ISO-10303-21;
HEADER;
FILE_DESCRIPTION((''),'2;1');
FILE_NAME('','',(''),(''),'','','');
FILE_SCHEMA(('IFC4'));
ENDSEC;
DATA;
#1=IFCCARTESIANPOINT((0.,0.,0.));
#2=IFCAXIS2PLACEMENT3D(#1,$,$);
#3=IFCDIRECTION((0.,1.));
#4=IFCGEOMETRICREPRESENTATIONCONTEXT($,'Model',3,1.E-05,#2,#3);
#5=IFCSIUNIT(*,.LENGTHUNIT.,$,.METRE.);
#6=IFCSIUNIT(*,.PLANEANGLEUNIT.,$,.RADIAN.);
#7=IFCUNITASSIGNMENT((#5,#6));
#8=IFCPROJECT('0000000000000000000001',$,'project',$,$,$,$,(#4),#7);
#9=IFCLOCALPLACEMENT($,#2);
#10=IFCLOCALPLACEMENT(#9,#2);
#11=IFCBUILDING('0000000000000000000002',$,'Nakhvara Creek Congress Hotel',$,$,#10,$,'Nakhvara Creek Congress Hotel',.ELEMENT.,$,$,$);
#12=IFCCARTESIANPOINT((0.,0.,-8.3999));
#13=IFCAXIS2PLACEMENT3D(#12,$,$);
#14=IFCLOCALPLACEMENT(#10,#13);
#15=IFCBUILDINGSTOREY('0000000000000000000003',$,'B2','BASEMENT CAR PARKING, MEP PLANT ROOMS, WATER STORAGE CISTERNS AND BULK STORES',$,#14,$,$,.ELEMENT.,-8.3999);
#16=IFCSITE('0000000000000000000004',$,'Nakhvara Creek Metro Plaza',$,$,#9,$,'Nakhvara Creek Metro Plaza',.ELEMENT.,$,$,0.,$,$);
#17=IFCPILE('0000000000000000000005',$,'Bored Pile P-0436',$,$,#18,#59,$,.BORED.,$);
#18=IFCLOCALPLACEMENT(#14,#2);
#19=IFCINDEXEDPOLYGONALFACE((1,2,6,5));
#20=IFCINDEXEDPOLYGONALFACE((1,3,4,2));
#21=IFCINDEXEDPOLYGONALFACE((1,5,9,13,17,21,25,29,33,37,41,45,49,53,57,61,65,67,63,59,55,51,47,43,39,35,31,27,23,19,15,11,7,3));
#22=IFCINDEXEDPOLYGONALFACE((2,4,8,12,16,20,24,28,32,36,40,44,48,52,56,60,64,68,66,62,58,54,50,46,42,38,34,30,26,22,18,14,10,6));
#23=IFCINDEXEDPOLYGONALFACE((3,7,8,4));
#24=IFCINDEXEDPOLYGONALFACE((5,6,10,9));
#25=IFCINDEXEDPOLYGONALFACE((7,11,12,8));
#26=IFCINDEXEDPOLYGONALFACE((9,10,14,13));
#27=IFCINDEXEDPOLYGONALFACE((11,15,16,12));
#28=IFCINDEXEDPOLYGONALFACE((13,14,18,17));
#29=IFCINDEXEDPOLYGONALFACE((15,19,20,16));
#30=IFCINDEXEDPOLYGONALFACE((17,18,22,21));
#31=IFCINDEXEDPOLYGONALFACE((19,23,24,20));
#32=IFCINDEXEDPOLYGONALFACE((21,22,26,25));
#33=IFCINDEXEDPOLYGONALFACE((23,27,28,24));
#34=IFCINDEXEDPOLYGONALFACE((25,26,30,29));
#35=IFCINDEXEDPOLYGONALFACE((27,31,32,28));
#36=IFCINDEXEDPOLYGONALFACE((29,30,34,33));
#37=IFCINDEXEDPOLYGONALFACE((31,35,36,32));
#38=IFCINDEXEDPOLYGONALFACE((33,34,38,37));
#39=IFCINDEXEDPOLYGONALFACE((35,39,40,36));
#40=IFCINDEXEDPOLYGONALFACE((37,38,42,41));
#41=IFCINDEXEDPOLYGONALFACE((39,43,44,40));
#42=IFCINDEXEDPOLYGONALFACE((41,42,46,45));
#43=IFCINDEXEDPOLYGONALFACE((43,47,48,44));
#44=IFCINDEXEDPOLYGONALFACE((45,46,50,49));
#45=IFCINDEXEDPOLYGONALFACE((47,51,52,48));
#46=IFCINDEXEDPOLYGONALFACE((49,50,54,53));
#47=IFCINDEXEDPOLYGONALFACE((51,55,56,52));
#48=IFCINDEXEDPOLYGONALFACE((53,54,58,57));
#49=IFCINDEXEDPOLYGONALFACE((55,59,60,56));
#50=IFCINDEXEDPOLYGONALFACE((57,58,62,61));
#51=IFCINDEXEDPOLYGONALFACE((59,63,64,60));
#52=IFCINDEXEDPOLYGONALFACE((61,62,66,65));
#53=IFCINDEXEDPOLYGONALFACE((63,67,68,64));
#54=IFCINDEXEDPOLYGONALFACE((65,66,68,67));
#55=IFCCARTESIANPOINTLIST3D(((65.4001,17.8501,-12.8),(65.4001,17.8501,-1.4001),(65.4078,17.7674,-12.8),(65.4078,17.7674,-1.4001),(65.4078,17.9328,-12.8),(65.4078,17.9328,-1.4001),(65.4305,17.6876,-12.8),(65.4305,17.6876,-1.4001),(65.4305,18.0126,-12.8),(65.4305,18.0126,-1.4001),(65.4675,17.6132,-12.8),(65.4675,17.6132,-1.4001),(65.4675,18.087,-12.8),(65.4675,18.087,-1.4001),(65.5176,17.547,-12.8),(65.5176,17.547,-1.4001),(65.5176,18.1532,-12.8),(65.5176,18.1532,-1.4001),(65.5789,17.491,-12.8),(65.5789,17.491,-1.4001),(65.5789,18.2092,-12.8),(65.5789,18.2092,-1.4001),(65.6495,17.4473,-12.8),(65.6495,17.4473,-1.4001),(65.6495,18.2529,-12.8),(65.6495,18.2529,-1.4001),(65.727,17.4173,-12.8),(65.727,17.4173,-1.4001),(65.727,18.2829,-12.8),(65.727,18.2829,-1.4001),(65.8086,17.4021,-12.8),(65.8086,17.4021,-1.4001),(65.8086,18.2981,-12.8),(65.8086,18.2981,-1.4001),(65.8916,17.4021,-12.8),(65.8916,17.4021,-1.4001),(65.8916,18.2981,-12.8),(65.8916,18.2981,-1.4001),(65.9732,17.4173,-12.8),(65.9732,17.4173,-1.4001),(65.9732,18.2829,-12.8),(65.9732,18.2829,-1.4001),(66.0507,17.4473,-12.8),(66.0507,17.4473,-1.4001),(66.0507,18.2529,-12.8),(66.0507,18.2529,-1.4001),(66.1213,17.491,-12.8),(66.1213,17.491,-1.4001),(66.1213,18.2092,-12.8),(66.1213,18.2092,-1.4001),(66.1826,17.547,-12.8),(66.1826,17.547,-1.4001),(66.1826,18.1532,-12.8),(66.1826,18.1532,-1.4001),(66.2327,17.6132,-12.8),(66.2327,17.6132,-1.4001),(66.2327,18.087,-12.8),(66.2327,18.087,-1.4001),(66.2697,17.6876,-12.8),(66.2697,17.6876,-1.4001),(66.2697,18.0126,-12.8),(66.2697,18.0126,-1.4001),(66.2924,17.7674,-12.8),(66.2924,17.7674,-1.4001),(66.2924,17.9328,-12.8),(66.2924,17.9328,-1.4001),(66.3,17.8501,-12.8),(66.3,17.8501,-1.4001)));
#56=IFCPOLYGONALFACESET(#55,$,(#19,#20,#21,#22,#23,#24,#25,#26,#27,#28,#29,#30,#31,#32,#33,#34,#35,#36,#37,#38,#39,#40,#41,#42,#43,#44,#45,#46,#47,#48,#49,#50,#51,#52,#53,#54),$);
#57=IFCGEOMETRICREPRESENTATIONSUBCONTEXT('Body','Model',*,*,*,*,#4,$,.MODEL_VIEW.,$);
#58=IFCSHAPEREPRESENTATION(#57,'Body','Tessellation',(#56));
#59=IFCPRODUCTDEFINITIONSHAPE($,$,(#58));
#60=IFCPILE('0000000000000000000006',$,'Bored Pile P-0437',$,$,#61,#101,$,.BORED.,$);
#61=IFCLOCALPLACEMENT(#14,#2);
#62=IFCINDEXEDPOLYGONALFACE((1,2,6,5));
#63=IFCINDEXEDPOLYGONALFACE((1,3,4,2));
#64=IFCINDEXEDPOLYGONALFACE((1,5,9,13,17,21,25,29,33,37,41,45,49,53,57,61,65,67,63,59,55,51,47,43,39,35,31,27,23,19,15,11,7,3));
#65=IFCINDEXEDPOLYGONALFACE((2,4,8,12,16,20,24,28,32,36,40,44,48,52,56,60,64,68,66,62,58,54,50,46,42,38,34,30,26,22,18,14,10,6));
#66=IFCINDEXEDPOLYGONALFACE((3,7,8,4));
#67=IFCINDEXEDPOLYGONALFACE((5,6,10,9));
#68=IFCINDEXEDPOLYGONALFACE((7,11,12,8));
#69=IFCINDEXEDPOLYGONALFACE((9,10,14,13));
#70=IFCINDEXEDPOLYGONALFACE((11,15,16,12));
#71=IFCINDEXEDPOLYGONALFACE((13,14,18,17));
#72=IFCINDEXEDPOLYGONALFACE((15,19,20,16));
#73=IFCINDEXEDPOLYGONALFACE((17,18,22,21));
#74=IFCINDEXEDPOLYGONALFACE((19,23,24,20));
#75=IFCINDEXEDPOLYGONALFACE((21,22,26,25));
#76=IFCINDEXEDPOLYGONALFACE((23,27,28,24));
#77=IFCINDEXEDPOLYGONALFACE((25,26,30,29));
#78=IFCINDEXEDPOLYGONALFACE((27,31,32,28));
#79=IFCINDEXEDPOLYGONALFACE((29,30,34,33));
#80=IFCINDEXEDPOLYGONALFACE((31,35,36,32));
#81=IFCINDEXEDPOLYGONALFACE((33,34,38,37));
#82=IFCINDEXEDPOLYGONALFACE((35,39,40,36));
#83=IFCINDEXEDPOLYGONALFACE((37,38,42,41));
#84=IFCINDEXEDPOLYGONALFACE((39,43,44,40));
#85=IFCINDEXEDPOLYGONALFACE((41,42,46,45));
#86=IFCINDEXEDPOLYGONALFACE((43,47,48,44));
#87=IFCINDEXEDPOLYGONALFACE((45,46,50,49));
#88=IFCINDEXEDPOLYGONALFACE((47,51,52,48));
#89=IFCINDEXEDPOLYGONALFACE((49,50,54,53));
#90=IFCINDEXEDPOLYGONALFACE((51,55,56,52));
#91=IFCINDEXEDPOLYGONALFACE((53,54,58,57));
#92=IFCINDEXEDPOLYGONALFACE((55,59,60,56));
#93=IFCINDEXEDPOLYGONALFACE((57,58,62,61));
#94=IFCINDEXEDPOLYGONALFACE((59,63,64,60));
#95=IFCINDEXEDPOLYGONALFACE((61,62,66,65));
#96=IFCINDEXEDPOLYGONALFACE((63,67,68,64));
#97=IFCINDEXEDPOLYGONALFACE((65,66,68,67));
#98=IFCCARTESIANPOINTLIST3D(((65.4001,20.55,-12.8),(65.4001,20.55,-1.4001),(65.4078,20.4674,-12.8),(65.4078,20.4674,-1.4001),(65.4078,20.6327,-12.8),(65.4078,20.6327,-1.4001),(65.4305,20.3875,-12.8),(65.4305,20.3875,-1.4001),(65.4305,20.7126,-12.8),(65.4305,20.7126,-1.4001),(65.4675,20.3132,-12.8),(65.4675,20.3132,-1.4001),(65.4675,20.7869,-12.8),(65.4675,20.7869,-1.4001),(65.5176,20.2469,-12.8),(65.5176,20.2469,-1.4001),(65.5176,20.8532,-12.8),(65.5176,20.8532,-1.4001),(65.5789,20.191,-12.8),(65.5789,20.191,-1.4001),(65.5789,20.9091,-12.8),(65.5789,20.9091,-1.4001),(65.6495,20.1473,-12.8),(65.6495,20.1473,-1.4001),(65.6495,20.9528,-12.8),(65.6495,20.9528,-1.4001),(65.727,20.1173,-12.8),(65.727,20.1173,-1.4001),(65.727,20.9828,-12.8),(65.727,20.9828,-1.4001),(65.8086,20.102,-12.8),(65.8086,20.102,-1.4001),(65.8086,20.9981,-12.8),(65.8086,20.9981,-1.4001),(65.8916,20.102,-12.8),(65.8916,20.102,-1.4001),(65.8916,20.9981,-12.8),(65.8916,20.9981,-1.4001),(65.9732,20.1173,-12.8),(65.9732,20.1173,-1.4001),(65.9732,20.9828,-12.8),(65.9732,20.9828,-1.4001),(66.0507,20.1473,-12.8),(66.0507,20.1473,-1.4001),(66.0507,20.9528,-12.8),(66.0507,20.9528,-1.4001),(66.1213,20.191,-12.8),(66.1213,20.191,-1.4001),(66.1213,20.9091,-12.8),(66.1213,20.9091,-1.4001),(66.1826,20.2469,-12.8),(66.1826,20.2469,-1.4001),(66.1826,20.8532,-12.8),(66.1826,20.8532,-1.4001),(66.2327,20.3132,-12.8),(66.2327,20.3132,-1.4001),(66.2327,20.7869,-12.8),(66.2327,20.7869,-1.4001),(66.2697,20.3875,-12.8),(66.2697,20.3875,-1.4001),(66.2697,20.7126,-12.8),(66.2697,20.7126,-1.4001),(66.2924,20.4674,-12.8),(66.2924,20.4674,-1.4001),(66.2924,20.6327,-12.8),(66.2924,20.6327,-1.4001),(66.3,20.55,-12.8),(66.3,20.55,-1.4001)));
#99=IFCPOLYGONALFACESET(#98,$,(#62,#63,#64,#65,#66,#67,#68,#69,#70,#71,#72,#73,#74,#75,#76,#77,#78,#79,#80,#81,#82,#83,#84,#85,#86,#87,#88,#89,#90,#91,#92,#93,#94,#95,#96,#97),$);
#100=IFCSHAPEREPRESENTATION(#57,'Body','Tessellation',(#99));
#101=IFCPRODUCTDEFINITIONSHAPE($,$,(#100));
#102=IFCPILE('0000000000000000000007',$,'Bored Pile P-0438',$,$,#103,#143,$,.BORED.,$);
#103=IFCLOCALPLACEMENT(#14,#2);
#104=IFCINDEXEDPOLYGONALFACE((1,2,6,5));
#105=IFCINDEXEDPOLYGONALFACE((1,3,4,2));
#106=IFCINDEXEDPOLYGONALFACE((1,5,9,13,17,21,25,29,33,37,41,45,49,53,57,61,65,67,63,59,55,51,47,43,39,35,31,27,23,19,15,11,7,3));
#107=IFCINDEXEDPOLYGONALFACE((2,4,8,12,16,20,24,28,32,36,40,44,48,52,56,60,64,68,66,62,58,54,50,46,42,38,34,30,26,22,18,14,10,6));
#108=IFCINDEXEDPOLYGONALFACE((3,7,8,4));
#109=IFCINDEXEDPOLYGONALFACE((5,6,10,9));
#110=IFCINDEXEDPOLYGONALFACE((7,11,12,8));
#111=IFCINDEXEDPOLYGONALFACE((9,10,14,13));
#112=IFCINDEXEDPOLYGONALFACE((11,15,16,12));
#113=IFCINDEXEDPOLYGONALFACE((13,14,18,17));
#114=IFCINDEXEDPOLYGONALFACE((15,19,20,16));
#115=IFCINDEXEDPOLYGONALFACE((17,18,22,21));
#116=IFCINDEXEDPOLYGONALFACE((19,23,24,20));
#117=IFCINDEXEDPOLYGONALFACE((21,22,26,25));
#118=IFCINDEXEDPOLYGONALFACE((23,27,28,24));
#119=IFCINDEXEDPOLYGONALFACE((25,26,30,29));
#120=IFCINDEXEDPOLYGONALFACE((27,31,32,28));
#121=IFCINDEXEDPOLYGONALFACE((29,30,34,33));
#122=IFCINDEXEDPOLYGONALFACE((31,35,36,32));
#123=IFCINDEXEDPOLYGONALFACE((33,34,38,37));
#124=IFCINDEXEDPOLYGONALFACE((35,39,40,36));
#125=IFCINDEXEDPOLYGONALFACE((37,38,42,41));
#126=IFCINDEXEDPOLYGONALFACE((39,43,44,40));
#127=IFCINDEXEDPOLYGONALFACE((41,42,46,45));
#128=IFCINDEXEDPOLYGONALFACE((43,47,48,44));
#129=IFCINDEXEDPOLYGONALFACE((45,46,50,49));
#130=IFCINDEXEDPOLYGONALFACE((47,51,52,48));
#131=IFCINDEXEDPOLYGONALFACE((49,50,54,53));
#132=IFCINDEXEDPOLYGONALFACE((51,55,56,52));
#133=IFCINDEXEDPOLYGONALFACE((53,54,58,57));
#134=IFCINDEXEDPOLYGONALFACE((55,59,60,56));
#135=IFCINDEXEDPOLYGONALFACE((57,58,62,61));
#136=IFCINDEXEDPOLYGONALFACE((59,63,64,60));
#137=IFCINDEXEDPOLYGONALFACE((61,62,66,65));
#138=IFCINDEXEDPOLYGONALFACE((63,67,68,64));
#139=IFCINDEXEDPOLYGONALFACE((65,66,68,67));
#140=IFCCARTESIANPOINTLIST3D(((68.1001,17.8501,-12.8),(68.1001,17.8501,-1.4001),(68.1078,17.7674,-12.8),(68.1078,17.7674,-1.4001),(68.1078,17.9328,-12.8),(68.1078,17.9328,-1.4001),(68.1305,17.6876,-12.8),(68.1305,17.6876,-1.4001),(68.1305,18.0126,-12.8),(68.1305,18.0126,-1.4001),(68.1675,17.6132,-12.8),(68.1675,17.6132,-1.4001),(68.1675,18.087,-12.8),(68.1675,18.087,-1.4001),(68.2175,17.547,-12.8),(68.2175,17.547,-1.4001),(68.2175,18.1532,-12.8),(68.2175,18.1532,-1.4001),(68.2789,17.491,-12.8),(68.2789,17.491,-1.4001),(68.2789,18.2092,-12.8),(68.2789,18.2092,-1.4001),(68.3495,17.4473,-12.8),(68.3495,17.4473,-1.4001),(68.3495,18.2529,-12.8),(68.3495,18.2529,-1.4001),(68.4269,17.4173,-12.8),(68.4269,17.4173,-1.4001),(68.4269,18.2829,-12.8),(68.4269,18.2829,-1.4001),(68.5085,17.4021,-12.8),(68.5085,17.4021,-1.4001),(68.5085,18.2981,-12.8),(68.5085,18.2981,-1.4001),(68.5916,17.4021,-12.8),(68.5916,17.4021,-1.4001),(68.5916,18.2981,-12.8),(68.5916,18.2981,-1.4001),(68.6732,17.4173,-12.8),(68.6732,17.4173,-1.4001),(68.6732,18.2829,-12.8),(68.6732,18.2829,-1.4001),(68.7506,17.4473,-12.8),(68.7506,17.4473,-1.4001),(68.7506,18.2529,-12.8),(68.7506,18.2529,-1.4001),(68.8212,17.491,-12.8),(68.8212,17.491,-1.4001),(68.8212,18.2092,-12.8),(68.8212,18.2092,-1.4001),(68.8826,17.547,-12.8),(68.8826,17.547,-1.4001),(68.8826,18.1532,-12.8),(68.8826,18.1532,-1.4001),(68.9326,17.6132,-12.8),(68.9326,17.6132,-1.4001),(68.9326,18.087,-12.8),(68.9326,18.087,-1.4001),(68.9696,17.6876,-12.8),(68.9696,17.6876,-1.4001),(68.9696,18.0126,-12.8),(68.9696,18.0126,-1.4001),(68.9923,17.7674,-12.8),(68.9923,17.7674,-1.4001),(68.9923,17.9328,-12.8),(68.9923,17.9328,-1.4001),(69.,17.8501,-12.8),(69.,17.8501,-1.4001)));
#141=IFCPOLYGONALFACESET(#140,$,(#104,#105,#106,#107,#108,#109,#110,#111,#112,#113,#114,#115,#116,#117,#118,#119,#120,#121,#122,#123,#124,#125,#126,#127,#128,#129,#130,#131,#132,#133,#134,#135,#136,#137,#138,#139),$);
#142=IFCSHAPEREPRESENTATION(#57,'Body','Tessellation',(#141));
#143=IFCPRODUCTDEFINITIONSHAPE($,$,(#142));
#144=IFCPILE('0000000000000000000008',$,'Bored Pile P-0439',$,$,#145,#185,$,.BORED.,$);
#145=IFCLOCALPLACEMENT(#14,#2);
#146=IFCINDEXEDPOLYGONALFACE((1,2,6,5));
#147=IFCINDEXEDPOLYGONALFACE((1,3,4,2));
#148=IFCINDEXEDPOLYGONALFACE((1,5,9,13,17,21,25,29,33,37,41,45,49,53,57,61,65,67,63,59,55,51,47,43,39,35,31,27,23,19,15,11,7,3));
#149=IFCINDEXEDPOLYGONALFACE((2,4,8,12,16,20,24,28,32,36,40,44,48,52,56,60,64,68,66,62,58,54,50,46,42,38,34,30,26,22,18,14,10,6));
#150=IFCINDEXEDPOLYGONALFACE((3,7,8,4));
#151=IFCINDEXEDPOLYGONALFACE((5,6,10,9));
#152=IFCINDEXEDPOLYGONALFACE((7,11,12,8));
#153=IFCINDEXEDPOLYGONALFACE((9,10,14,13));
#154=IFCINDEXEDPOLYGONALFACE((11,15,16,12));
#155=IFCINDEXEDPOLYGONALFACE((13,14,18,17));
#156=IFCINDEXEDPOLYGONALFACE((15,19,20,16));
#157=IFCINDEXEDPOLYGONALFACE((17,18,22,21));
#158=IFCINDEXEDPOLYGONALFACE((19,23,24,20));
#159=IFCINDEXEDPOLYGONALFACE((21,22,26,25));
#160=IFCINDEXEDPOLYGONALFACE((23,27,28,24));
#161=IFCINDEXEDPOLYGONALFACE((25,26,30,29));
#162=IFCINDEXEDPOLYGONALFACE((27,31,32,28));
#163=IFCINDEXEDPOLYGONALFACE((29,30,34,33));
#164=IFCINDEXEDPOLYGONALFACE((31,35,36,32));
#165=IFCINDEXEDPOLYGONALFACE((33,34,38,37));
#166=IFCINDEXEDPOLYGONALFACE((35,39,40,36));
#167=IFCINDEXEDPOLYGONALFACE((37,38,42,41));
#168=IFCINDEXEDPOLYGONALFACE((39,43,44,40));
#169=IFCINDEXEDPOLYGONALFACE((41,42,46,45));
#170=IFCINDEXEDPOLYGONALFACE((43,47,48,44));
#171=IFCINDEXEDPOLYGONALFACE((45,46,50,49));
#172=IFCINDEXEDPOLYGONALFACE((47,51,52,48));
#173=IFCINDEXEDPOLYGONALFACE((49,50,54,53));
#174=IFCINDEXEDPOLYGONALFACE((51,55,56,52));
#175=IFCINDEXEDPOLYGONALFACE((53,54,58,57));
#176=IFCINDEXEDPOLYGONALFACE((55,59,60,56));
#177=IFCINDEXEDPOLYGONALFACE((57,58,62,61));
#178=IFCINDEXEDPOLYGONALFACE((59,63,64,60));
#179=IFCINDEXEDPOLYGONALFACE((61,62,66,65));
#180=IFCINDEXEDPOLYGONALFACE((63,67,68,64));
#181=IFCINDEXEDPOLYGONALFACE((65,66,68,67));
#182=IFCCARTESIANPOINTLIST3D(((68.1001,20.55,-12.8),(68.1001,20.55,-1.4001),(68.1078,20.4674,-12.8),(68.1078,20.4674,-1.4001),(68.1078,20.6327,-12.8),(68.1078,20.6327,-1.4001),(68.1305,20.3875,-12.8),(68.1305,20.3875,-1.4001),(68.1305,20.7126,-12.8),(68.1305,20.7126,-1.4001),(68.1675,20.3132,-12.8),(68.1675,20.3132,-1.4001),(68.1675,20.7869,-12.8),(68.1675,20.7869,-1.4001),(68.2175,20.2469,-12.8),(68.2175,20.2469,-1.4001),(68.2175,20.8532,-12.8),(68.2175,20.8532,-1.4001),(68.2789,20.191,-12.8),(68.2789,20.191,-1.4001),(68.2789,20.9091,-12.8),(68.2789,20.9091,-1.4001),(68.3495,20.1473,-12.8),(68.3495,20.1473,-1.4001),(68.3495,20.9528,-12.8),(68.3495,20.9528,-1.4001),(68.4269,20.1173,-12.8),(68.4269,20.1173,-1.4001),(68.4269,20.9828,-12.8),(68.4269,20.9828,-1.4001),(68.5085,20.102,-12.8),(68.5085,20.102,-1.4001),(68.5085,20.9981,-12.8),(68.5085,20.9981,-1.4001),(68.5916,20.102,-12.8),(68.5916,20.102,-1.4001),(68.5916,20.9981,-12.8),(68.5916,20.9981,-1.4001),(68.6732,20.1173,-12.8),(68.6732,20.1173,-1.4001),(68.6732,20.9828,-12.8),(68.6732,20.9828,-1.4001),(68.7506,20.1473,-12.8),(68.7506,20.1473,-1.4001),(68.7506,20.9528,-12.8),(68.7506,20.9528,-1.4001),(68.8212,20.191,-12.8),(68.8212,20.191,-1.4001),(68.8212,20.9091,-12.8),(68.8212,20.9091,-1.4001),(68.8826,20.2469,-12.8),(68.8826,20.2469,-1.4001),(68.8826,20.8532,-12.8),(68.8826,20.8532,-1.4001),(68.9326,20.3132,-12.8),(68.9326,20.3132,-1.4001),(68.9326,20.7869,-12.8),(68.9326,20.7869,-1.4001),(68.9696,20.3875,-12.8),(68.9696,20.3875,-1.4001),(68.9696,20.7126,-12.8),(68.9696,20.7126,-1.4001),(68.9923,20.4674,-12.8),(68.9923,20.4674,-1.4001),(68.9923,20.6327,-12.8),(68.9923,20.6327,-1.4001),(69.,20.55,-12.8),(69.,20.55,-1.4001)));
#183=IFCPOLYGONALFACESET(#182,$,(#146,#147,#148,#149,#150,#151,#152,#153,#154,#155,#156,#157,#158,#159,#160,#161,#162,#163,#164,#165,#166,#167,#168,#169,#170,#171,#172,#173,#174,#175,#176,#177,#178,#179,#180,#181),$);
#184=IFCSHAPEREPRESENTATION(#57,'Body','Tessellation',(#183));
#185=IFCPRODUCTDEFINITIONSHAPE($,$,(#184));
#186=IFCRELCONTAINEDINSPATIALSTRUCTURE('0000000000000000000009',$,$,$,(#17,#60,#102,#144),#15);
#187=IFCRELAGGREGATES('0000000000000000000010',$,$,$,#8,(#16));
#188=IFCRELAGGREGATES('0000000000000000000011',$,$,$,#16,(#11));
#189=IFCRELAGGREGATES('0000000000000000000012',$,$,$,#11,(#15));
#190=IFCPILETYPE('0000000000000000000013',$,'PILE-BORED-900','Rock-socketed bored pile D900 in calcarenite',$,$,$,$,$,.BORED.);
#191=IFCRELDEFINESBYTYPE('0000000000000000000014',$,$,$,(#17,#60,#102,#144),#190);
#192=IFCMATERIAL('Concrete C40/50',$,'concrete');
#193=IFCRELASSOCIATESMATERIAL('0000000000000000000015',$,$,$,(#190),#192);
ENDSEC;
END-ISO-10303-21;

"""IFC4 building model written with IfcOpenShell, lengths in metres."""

from ifc_helpers import new_model, si_unit, direction, frame, origin, origin_2d, place, context, subcontext, project, spatial, circle, extrude, material, material_profile, profile_set, type_object, element, save


model = new_model("IFC4")

# Units and contexts
model_context = context("Model", 3, precision=1e-05, world=origin(), true_north=direction((0.0, 1.0)))
body_context = subcontext(model_context, "Body", "Model", "MODEL_VIEW")
ifc_project = project(units=[si_unit("LENGTHUNIT", "METRE"), si_unit("PLANEANGLEUNIT", "RADIAN")], contexts=[model_context])

# Site, building, storey
site_placement = place(None, origin())
site = spatial("IfcSite", under=ifc_project, at=site_placement, Name="Nakhvara Creek Metro Plaza", LongName="Nakhvara Creek Metro Plaza", CompositionType="ELEMENT", RefElevation=0.0)
building_placement = place(site_placement, origin())
building = spatial("IfcBuilding", under=site, at=building_placement, Name="Nakhvara Creek Congress Hotel", LongName="Nakhvara Creek Congress Hotel", CompositionType="ELEMENT")
storey_placement = place(building_placement, frame((0.0, 0.0, -8.3999)))
storey = spatial("IfcBuildingStorey", under=building, at=storey_placement, Name="B2", Description="BASEMENT CAR PARKING, MEP PLANT ROOMS, WATER STORAGE CISTERNS AND BULK STORES", CompositionType="ELEMENT", Elevation=-8.3999)

# Shared definitions
ifc_material_1 = material(Name="Concrete C40/50", Category="concrete")

# Piles
ifc_material_profile_1 = material_profile(ifc_material_1, circle(Radius=0.45, at=origin_2d()), Name="BORED PILE D900", Category="LoadBearing")
ifc_profile_set_1 = profile_set([ifc_material_profile_1], Name="Concrete C40/50")
pile_type = type_object("IfcPileType", Name="PILE-BORED-900", Description="Rock-socketed bored pile D900 in calcarenite", PredefinedType="BORED", material=ifc_profile_set_1)
for number, where, z_axis, x_axis, name in (
    (1, (65.8501, 17.8501, -1.4001), (0.0, 0.0, -1.0), (1.0, 0.0, 0.0), "Bored Pile P-0436"),
    (2, (65.8501, 20.55, -1.4001), (0.0, 0.0, -1.0), (1.0, 0.0, 0.0), "Bored Pile P-0437"),
    (3, (68.55, 17.8501, -1.4001), (0.0, 0.0, -1.0), (1.0, 0.0, 0.0), "Bored Pile P-0438"),
    (4, (68.55, 20.55, -1.4001), (0.0, 0.0, -1.0), (1.0, 0.0, 0.0), "Bored Pile P-0439"),
):
    element("IfcPile", number, at=place(storey_placement, frame(where, z_axis=z_axis, x_axis=x_axis)), inside=storey, type_object=pile_type, Name=name, PredefinedType="BORED", context=body_context, shape_type="SweptSolid", body=[
        extrude(circle(Radius=0.45, at=origin_2d()), origin(), (0.0, 0.0, 1.0), 11.3999),
    ])

save(model, "model.ifc")
